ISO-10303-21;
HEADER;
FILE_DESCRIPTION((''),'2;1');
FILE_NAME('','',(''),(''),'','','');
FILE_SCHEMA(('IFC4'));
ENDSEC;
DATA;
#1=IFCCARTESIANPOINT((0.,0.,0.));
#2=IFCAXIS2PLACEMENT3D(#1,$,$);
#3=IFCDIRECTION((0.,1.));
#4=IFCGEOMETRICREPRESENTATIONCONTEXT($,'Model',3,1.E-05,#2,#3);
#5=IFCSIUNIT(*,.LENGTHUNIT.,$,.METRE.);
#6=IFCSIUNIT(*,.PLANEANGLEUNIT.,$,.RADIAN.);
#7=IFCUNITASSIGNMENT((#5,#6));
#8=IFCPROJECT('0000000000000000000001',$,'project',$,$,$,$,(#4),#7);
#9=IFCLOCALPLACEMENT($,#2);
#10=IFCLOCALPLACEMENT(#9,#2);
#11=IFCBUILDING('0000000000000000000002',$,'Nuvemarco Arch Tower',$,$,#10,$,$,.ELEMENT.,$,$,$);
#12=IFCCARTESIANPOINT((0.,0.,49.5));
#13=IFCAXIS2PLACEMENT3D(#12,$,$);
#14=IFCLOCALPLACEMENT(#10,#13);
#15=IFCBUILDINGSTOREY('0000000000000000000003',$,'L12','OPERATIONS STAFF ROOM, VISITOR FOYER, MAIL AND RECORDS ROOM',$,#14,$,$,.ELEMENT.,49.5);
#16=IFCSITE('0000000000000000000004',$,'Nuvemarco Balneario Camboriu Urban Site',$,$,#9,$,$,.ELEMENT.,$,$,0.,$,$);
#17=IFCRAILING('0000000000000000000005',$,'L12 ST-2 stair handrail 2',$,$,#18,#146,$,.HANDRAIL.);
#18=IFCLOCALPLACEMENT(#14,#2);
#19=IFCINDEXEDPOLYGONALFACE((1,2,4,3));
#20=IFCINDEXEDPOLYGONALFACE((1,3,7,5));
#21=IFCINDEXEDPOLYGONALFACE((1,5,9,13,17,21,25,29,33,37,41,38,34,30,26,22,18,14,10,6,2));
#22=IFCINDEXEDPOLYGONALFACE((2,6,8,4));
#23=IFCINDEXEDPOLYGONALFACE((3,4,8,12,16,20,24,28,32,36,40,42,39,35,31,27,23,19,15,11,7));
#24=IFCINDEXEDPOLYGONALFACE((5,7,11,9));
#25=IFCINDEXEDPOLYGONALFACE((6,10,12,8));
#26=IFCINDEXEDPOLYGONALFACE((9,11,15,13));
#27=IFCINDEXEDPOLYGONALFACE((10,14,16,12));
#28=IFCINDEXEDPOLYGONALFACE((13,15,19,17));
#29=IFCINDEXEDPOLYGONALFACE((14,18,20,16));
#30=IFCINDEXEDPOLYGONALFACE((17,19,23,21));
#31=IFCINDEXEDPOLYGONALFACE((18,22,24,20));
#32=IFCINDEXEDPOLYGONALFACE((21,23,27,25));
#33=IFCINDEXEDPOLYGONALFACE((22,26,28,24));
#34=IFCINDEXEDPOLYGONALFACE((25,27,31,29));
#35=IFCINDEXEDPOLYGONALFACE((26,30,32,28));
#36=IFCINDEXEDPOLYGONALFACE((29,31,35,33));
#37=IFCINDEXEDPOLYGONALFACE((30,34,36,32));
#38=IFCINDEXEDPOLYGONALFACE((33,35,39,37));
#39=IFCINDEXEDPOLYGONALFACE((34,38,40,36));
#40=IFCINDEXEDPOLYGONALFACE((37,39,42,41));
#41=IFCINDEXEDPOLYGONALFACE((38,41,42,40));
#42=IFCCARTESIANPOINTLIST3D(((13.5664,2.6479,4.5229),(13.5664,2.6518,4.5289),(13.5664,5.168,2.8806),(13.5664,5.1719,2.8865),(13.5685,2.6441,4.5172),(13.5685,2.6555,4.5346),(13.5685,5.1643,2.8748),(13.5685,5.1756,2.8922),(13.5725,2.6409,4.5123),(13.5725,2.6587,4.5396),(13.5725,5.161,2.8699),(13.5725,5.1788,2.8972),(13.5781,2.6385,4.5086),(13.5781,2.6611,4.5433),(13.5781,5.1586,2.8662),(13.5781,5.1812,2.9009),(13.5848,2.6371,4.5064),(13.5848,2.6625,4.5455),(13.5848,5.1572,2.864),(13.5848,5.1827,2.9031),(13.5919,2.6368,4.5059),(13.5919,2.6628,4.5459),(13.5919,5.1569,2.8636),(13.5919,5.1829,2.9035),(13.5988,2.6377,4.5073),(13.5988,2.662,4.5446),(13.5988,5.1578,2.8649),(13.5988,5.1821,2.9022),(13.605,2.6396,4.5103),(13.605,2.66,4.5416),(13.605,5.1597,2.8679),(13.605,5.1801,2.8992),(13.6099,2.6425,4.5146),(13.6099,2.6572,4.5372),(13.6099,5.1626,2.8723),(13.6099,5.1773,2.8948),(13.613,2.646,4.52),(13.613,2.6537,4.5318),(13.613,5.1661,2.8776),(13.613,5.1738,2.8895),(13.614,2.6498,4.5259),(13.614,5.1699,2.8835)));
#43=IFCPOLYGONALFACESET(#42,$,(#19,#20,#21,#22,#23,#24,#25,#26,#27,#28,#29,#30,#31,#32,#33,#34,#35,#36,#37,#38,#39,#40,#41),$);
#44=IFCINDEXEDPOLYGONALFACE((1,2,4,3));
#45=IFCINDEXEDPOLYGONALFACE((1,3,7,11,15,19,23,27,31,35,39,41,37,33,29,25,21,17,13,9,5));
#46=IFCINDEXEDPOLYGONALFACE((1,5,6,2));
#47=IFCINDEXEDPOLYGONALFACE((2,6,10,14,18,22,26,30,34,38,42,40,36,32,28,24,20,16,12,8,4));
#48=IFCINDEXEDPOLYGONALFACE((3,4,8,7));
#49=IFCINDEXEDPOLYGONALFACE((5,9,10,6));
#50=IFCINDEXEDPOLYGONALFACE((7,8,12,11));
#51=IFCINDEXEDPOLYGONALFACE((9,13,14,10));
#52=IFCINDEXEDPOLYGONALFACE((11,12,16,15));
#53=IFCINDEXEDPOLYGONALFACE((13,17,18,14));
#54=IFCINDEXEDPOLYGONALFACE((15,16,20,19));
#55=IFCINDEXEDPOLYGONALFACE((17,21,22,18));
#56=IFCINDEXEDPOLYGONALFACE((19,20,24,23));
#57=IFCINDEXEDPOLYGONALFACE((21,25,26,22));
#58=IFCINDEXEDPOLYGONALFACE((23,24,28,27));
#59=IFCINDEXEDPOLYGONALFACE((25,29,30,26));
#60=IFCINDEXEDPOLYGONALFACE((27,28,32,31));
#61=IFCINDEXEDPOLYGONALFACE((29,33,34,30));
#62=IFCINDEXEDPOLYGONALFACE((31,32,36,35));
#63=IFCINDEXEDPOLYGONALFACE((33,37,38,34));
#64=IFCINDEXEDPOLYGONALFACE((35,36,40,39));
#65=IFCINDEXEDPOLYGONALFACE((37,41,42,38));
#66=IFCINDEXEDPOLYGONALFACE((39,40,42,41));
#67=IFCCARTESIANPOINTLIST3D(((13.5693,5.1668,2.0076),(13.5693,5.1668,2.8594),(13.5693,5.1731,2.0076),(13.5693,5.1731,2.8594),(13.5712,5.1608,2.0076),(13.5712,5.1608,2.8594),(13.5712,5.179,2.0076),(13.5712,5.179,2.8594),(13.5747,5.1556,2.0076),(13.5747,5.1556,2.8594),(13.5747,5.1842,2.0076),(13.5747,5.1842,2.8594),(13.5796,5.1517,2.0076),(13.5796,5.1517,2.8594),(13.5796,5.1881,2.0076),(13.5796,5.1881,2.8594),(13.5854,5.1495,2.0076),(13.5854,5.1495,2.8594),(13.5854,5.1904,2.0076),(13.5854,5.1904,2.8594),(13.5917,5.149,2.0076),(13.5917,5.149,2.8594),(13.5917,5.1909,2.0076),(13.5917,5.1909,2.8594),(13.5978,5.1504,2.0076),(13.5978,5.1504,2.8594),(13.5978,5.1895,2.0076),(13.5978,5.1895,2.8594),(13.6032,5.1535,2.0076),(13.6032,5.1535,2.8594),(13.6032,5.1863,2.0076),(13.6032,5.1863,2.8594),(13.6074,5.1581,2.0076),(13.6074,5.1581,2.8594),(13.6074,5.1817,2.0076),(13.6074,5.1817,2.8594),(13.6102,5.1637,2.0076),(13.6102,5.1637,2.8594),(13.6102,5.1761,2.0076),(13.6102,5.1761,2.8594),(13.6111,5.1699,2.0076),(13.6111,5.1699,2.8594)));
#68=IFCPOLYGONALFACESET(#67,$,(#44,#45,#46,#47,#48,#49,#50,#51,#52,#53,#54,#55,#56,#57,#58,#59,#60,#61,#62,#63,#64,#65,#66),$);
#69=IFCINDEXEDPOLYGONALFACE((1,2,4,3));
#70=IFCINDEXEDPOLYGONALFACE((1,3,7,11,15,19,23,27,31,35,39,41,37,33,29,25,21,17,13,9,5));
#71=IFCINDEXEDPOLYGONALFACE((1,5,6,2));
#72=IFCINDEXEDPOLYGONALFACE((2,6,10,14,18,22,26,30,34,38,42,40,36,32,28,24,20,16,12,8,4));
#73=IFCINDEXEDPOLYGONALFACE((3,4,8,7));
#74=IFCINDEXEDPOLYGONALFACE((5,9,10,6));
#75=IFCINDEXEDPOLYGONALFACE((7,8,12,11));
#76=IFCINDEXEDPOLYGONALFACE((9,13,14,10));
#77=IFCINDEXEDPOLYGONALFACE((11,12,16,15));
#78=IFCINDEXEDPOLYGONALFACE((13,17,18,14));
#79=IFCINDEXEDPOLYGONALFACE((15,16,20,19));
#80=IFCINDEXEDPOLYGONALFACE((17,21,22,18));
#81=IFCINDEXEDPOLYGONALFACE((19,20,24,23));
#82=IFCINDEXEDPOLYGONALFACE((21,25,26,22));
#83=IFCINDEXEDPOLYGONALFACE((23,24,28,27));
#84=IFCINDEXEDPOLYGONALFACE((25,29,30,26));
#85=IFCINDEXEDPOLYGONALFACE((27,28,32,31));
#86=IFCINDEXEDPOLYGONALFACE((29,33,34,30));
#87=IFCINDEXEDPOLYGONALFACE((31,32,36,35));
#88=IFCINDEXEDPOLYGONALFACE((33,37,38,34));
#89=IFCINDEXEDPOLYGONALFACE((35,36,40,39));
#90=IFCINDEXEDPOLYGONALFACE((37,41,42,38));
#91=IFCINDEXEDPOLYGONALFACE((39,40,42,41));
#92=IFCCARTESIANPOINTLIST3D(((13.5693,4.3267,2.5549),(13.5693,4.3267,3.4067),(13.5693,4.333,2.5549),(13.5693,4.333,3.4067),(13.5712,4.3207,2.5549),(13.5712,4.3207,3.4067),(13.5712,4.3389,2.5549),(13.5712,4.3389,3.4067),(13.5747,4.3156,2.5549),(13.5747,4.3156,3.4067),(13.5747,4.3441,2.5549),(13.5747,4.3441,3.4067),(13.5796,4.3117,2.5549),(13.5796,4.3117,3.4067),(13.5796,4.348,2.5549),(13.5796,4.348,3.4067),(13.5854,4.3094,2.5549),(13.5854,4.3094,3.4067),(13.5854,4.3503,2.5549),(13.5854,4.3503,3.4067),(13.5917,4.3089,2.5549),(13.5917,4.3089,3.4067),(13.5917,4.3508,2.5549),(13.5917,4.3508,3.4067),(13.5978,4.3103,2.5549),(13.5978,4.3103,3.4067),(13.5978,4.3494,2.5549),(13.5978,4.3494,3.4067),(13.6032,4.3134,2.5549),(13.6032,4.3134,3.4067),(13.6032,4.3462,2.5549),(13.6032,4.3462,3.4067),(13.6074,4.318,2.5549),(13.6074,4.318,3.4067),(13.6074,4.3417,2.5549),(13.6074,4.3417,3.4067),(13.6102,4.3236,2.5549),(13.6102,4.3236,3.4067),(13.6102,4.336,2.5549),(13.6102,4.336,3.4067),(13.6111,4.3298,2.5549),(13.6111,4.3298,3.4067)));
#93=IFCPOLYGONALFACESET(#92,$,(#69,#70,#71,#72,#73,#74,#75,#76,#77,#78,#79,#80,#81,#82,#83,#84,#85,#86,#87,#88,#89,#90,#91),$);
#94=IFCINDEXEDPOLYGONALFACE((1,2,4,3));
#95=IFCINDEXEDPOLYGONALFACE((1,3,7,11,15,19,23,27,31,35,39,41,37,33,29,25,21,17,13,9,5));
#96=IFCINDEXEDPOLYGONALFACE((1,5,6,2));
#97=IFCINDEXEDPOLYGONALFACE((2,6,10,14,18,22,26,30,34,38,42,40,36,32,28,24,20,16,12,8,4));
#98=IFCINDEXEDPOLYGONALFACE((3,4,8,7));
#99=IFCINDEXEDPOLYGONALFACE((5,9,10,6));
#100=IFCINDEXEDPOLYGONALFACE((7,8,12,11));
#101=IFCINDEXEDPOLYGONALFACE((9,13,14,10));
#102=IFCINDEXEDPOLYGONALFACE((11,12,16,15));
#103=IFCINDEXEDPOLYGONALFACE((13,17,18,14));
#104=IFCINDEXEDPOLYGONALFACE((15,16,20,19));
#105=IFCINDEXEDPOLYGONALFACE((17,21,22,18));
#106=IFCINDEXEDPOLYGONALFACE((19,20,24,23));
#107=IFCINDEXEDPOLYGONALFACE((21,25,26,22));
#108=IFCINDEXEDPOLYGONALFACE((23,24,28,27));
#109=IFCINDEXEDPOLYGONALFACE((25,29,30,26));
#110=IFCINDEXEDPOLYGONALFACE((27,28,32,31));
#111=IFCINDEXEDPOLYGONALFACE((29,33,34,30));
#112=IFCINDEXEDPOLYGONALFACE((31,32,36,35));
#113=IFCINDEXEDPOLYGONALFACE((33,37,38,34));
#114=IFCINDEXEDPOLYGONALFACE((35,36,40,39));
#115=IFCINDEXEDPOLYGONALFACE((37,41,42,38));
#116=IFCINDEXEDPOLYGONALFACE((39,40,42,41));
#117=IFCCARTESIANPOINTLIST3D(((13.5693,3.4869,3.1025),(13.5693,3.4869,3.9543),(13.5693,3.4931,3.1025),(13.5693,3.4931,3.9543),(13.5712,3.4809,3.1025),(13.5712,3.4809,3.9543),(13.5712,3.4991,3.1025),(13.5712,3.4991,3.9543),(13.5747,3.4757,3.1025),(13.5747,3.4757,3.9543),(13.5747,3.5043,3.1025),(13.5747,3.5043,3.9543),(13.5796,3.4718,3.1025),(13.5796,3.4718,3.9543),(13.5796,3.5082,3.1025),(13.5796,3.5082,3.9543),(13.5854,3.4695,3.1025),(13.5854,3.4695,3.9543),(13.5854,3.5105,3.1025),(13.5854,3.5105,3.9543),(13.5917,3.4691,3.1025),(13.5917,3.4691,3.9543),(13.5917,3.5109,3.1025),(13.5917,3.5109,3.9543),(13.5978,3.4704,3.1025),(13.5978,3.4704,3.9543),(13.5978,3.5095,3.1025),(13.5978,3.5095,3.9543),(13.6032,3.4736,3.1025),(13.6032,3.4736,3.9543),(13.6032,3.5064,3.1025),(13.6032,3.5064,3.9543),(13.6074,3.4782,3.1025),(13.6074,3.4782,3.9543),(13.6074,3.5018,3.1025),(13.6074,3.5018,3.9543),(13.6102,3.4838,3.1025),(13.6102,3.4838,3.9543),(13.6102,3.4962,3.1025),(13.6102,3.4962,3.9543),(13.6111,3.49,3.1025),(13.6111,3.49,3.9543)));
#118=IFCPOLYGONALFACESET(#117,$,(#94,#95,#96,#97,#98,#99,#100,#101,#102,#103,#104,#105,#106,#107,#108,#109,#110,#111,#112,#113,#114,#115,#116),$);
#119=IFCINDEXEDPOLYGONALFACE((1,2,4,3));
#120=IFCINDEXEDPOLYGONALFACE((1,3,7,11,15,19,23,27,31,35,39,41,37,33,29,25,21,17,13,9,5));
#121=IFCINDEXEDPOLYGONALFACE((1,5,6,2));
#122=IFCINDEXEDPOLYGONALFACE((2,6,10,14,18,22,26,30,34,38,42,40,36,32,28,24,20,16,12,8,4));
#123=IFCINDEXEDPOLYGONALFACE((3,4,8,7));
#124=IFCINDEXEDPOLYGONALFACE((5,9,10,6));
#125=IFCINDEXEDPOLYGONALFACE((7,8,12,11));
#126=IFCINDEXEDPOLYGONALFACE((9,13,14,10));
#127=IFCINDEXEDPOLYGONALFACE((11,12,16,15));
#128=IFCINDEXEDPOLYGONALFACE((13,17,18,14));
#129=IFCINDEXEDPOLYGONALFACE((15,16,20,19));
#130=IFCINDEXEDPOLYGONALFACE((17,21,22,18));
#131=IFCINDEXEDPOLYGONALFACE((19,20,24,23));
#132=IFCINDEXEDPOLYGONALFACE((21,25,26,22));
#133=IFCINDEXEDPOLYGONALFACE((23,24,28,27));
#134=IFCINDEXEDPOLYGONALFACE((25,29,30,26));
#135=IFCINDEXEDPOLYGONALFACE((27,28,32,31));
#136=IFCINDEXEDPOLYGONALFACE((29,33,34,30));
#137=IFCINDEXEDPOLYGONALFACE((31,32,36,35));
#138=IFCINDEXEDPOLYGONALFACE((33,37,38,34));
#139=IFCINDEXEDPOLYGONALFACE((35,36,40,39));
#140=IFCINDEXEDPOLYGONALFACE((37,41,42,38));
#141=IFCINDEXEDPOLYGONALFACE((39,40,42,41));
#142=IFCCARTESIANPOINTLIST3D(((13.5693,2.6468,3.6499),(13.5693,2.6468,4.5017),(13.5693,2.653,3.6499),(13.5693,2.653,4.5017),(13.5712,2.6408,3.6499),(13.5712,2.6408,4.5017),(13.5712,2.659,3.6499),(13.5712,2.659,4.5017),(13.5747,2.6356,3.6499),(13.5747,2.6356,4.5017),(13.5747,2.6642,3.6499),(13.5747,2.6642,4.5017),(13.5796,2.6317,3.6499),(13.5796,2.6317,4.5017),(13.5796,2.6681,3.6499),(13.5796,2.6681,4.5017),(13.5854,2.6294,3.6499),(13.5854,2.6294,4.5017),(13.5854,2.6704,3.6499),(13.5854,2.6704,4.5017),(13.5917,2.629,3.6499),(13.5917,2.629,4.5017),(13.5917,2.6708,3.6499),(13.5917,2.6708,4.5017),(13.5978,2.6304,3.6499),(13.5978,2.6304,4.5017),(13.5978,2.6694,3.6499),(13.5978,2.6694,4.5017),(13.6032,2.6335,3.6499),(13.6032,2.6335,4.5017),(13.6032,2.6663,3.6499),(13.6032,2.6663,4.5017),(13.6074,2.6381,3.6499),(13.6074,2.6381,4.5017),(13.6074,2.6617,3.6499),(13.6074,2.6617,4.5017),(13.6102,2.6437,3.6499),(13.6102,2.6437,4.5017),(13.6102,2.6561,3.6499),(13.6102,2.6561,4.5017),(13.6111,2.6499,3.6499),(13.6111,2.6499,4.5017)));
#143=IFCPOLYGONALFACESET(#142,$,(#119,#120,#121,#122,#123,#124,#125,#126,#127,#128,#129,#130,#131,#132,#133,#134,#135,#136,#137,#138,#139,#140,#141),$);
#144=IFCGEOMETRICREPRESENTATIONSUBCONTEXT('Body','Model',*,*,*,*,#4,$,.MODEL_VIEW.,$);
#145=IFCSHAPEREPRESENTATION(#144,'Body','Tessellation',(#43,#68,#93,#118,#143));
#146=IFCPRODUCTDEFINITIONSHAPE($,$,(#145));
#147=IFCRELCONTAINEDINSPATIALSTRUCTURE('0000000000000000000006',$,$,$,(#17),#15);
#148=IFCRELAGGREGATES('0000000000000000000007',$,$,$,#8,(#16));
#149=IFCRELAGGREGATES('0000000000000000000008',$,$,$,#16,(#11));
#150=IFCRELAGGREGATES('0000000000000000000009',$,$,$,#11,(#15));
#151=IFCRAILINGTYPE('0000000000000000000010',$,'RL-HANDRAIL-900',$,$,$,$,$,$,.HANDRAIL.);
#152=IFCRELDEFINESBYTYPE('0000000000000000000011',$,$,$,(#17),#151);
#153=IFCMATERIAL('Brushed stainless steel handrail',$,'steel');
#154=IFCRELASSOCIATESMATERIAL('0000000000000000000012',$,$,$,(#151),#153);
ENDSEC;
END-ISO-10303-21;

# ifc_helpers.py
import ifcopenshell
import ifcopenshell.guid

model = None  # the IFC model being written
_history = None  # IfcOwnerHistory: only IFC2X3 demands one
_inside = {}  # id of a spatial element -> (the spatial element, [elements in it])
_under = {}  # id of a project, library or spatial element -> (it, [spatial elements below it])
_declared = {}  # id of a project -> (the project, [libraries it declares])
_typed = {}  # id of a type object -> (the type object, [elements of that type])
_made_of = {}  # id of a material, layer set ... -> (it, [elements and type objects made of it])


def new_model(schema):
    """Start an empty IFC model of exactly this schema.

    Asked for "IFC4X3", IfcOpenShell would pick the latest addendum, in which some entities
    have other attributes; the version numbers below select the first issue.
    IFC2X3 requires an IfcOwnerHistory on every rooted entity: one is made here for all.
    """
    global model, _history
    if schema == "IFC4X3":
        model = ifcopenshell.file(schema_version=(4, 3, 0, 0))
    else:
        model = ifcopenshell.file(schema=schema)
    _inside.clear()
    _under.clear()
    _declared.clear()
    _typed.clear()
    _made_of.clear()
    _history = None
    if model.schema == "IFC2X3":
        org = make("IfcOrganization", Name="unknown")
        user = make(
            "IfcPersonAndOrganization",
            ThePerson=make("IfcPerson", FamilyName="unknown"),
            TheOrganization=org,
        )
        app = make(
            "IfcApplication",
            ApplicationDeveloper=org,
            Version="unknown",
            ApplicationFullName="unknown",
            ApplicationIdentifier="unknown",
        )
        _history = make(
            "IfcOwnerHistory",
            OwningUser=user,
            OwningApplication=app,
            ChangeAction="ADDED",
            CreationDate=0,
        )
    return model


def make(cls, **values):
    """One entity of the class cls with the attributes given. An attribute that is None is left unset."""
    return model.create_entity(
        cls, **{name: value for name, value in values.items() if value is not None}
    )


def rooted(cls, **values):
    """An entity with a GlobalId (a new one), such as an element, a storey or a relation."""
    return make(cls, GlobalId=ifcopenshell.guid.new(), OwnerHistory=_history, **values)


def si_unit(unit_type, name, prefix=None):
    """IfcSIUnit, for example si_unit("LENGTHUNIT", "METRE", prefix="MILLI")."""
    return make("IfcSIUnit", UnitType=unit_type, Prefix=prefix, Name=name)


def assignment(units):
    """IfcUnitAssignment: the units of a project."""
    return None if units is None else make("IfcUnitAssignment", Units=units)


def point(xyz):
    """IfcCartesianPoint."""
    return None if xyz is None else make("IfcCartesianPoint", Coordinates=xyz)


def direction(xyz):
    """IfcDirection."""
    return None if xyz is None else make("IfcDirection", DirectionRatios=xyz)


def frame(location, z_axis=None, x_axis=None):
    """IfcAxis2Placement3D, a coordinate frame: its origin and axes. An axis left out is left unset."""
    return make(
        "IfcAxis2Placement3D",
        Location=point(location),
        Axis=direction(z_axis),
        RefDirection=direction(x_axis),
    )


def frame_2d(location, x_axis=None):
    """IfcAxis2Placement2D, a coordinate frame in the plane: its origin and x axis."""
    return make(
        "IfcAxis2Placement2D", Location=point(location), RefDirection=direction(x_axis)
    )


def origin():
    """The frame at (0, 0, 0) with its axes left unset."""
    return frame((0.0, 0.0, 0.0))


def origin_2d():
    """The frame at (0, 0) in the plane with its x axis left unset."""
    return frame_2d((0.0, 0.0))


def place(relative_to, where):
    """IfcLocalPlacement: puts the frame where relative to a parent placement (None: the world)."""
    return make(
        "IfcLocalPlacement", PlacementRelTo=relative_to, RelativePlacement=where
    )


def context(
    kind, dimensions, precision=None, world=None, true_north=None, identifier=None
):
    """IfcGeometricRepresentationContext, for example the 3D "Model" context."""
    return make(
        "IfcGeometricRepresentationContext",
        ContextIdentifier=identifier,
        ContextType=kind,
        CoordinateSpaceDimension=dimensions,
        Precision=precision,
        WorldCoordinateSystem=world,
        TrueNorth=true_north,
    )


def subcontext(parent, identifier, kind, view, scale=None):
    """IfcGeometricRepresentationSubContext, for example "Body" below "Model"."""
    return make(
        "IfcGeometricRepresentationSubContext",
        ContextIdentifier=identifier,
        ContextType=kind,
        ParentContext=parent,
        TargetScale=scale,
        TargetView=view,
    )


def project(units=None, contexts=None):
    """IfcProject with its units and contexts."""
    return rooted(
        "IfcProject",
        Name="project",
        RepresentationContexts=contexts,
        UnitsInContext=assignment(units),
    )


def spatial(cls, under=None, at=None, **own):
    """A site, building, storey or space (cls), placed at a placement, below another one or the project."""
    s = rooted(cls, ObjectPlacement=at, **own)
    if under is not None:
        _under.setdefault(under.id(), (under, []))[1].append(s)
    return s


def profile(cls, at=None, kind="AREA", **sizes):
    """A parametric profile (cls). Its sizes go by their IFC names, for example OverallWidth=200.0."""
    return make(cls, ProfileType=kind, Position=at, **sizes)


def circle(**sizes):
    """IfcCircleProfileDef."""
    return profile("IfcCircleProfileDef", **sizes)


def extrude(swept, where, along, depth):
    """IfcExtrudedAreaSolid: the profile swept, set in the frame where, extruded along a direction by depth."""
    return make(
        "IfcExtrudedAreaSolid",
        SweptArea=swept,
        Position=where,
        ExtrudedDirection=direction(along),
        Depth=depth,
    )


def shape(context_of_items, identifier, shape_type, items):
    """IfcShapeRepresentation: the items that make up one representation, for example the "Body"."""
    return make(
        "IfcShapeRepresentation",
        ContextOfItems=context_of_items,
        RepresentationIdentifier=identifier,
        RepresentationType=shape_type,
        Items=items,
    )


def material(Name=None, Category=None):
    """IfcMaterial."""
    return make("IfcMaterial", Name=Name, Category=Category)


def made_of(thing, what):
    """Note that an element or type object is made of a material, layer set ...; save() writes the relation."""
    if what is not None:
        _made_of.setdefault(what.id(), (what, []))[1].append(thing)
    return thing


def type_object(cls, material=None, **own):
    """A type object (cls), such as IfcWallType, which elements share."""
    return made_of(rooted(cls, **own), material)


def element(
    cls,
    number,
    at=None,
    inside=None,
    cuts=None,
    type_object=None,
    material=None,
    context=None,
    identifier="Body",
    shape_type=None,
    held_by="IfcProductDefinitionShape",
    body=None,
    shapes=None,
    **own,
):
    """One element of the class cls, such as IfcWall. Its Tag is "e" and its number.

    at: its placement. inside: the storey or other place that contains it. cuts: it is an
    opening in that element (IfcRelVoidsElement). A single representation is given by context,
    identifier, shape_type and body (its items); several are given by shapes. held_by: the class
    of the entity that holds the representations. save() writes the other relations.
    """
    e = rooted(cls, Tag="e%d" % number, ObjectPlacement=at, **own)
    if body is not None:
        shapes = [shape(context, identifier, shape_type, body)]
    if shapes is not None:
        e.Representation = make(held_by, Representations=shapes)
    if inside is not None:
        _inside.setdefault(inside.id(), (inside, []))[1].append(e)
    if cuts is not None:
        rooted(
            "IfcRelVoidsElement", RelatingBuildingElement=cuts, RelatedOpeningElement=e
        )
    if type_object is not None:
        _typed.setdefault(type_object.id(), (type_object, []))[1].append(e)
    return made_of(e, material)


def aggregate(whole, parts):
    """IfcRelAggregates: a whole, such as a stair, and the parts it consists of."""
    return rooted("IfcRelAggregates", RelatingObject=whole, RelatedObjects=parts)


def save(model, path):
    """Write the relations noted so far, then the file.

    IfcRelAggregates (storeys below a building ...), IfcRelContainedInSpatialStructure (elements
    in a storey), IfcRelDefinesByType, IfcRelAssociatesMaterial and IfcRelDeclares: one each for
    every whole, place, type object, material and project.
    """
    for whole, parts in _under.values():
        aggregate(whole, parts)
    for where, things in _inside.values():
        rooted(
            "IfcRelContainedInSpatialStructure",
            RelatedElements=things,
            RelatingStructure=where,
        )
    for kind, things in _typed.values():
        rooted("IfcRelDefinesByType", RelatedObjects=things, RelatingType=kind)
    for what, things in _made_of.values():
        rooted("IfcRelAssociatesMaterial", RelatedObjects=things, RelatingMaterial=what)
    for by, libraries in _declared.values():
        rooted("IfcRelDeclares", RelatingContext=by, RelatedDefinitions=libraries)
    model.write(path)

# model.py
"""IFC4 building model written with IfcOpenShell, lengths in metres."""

from ifc_helpers import new_model, si_unit, direction, frame, origin, origin_2d, place, context, subcontext, project, spatial, circle, extrude, material, type_object, element, save


model = new_model("IFC4")

# Units and contexts
model_context = context("Model", 3, precision=1e-05, world=origin(), true_north=direction((0.0, 1.0)))
body_context = subcontext(model_context, "Body", "Model", "MODEL_VIEW")
ifc_project = project(units=[si_unit("LENGTHUNIT", "METRE"), si_unit("PLANEANGLEUNIT", "RADIAN")], contexts=[model_context])

# Site, building, storey
site_placement = place(None, origin())
site = spatial("IfcSite", under=ifc_project, at=site_placement, Name="Nuvemarco Balneario Camboriu Urban Site", CompositionType="ELEMENT", RefElevation=0.0)
building_placement = place(site_placement, origin())
building = spatial("IfcBuilding", under=site, at=building_placement, Name="Nuvemarco Arch Tower", CompositionType="ELEMENT")
storey_placement = place(building_placement, frame((0.0, 0.0, 49.5)))
storey = spatial("IfcBuildingStorey", under=building, at=storey_placement, Name="L12", Description="OPERATIONS STAFF ROOM, VISITOR FOYER, MAIL AND RECORDS ROOM", CompositionType="ELEMENT", Elevation=49.5)

# Railing
ifc_material_1 = material(Name="Brushed stainless steel handrail", Category="steel")
railing_type_1 = type_object("IfcRailingType", Name="RL-HANDRAIL-900", PredefinedType="HANDRAIL", material=ifc_material_1)
railing_1_placement = place(storey_placement, frame((13.5901, 5.1699, 2.0076)))
element("IfcRailing", 1, at=railing_1_placement, inside=storey, type_object=railing_type_1, Name="L12 ST-2 stair handrail 2", PredefinedType="HANDRAIL", context=body_context, shape_type="SweptSolid", body=[
    extrude(circle(Radius=0.0239, at=origin_2d()), frame((0.0, 0.0, 0.876), z_axis=(0.0, -0.837787, 0.545998), x_axis=(1.0, 0.0, 0.0)), (0.0, 0.0, 1.0), 3.0081),
    extrude(circle(Radius=0.021, at=origin_2d()), origin(), (0.0, 0.0, 1.0), 0.8518),
    extrude(circle(Radius=0.021, at=origin_2d()), frame((0.0, -0.8401, 0.5474)), (0.0, 0.0, 1.0), 0.8518),
    extrude(circle(Radius=0.021, at=origin_2d()), frame((0.0, -1.6799, 1.095)), (0.0, 0.0, 1.0), 0.8518),
    extrude(circle(Radius=0.021, at=origin_2d()), frame((0.0, -2.52, 1.6423)), (0.0, 0.0, 1.0), 0.8518),
])

save(model, "model.ifc")
